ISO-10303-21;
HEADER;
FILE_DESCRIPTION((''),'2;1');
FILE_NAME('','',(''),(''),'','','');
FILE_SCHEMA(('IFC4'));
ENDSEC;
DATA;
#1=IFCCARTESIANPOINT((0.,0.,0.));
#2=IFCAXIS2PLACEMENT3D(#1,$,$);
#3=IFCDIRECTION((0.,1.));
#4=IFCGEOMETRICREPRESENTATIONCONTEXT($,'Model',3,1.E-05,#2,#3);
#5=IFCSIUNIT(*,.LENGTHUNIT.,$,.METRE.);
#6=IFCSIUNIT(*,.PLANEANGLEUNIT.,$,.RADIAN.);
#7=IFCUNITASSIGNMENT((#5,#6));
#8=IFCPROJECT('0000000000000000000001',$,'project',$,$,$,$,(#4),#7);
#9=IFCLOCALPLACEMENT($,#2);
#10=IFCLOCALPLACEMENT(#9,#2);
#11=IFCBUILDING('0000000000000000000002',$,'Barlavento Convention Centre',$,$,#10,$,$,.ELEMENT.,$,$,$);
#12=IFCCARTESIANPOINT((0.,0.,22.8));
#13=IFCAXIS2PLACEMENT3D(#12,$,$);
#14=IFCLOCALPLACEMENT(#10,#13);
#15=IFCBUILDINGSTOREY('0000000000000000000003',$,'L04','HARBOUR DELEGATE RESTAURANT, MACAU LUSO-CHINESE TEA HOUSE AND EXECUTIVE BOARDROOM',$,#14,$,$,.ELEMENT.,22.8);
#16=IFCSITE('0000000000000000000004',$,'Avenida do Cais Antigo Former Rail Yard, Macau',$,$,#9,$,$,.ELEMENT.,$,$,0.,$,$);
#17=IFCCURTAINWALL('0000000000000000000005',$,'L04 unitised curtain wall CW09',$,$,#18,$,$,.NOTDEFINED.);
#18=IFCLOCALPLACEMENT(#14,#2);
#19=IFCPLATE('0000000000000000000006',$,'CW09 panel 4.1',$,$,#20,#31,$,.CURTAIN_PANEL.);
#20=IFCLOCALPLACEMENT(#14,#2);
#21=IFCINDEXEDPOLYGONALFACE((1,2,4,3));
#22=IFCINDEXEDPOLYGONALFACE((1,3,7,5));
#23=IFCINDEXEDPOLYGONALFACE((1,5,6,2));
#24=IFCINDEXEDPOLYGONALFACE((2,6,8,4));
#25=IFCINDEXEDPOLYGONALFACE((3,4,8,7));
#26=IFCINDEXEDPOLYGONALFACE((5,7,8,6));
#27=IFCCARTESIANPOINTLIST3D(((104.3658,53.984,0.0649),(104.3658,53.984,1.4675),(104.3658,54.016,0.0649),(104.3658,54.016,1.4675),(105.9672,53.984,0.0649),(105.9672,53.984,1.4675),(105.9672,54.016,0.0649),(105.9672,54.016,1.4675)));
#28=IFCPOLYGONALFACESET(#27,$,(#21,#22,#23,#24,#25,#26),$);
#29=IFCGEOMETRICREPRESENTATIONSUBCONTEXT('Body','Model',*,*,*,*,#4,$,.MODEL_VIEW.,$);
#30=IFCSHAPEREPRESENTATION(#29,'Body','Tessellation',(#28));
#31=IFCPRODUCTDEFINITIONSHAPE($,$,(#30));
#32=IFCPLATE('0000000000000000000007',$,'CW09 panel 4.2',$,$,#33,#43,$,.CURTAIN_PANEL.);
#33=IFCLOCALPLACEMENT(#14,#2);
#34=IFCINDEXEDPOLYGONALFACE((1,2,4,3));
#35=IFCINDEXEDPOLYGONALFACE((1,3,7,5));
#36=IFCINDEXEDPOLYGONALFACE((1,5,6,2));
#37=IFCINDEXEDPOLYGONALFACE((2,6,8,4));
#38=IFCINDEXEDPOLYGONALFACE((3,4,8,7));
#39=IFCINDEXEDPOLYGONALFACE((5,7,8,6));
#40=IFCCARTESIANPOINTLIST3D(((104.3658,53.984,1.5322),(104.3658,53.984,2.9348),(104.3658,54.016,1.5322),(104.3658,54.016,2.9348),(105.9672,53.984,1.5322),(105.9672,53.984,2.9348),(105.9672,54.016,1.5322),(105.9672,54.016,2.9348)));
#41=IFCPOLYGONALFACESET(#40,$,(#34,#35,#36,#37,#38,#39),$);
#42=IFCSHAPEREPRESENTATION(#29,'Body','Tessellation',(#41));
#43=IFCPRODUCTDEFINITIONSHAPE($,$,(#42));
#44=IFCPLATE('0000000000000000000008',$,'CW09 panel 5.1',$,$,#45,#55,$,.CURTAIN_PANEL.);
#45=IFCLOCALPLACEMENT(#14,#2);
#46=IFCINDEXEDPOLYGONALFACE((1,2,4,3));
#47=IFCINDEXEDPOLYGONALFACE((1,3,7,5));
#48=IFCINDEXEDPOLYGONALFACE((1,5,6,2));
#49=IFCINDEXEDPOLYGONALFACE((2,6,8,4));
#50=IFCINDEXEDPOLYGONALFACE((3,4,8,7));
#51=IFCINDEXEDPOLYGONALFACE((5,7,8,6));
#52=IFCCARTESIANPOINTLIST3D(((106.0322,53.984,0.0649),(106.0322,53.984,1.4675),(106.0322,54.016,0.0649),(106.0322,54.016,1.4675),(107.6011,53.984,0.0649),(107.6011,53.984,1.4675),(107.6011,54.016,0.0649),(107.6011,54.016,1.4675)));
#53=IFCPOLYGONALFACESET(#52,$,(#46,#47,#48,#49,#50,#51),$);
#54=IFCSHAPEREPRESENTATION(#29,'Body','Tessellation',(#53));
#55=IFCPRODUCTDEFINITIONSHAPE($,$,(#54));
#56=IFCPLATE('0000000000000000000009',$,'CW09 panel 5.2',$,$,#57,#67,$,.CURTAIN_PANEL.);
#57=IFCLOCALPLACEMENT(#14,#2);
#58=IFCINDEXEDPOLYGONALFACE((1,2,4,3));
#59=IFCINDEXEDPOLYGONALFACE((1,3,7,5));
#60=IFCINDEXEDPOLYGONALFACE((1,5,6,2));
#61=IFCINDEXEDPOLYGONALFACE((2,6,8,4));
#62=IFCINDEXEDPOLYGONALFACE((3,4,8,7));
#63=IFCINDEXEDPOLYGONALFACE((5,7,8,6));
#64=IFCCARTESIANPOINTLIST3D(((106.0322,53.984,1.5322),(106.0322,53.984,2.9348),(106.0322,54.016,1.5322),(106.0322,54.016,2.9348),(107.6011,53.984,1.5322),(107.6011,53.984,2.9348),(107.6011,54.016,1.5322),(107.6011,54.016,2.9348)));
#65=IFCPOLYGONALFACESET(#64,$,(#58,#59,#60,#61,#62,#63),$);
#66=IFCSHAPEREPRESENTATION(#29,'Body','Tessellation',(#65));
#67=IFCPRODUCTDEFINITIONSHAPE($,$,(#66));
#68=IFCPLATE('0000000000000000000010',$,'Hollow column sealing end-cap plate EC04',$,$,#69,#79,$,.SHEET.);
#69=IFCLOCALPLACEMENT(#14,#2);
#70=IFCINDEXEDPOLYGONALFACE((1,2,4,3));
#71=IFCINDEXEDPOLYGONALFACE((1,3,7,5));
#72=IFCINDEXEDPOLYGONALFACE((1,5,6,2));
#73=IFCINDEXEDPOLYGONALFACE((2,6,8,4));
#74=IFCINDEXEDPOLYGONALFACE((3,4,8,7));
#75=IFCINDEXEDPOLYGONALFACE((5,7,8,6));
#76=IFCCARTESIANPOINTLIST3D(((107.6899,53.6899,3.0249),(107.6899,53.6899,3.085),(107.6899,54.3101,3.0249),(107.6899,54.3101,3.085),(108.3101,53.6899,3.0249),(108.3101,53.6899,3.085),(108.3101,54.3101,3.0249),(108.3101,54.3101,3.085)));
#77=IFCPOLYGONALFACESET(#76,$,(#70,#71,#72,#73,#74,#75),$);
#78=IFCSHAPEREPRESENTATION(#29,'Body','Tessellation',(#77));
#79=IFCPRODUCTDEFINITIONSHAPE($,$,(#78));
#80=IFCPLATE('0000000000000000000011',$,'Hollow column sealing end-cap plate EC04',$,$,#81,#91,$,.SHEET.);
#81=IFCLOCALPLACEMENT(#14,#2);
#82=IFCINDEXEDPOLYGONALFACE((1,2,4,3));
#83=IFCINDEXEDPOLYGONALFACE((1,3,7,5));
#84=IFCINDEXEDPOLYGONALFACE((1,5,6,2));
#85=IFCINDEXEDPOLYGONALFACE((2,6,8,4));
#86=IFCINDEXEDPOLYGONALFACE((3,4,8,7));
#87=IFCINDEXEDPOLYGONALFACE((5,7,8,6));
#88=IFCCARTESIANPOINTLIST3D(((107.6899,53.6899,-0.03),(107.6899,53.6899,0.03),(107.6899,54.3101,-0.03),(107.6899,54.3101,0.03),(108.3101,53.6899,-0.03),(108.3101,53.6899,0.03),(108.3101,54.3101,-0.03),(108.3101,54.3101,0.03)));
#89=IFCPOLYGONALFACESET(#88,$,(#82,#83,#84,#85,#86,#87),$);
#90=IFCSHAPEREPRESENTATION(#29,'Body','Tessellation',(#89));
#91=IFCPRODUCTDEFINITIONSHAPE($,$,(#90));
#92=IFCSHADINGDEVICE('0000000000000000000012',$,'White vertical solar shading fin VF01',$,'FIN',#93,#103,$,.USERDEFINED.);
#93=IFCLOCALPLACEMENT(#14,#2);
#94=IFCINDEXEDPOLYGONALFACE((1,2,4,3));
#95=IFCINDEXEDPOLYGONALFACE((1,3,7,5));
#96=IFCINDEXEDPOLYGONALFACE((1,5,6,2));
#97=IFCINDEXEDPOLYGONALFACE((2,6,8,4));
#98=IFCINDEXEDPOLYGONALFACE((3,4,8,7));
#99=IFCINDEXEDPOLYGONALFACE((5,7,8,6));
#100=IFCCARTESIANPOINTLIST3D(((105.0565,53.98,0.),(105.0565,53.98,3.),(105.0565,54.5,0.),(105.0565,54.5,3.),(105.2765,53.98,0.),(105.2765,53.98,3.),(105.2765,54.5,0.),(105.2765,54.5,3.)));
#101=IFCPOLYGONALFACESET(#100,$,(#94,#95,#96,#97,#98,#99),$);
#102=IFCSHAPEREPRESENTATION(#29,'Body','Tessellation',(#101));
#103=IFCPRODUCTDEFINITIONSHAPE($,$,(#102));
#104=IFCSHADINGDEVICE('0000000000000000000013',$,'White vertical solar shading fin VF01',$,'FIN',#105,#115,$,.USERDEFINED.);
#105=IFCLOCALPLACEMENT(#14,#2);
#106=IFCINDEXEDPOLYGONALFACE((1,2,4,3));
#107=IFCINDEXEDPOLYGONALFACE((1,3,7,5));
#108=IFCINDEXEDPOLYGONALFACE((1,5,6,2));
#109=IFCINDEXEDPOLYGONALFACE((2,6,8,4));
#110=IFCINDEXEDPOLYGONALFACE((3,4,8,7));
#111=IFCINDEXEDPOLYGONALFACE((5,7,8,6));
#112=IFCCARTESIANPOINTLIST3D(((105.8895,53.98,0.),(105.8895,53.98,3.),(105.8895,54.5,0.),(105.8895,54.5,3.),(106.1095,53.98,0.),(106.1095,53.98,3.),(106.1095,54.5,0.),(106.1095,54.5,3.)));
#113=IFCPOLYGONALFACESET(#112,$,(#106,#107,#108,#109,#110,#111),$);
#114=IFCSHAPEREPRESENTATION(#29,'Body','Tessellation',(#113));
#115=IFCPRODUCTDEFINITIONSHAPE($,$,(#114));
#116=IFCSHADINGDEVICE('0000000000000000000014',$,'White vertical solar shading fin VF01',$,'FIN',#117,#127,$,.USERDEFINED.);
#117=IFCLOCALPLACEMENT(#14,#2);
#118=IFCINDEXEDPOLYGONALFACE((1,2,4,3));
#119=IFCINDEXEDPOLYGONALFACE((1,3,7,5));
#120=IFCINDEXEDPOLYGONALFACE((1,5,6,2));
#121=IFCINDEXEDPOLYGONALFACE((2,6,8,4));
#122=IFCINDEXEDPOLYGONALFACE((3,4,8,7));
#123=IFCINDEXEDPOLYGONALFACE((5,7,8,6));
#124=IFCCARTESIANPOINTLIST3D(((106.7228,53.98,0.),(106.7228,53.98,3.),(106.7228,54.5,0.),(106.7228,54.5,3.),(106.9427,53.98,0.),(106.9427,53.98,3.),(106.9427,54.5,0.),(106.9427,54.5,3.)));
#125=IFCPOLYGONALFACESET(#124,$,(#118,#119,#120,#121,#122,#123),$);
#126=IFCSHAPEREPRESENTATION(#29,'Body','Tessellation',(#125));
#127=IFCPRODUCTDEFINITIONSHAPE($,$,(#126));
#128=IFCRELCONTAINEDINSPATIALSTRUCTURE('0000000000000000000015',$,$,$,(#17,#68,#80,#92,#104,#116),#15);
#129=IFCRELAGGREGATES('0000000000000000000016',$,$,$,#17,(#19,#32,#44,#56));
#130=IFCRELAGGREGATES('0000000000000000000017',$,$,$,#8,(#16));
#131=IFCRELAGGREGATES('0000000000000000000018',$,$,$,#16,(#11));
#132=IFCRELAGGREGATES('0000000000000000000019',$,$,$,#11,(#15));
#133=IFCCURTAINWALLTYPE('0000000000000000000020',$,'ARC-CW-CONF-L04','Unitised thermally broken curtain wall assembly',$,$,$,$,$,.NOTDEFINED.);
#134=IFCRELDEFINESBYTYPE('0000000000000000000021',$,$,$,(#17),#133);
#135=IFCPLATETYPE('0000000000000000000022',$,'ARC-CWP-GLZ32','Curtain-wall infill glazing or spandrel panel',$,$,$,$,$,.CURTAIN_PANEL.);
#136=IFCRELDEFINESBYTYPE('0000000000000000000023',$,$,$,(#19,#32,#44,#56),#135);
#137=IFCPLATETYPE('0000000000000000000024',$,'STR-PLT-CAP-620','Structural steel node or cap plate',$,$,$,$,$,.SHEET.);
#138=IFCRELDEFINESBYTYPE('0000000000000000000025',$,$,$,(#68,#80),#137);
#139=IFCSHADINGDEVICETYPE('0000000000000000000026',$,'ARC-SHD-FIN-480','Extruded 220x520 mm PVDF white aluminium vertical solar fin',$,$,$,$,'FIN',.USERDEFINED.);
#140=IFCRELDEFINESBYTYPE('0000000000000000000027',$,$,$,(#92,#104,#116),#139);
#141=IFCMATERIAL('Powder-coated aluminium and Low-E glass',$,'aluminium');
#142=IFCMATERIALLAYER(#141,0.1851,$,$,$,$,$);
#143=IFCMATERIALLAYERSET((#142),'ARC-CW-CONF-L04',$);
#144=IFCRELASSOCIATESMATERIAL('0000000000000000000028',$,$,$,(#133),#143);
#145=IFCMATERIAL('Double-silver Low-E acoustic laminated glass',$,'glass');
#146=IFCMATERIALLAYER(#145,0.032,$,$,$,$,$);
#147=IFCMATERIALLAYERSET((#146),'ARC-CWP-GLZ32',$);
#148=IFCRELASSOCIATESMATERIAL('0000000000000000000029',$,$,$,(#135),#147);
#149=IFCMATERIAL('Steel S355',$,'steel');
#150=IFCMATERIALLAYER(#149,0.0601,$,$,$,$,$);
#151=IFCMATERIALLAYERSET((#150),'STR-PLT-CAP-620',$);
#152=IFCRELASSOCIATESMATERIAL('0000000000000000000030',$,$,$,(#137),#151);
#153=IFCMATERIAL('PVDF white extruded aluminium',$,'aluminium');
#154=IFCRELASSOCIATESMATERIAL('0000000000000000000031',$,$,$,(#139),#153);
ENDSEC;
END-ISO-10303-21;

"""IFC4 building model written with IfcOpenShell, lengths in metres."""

from ifc_helpers import new_model, si_unit, direction, frame, origin, origin_2d, place, context, subcontext, project, spatial, rectangle, extrude, material, layer, layer_set, type_object, element, aggregate, save


model = new_model("IFC4")

# Units and contexts
model_context = context("Model", 3, precision=1e-05, world=origin(), true_north=direction((0.0, 1.0)))
body_context = subcontext(model_context, "Body", "Model", "MODEL_VIEW")
ifc_project = project(units=[si_unit("LENGTHUNIT", "METRE"), si_unit("PLANEANGLEUNIT", "RADIAN")], contexts=[model_context])

# Site, building, storey
site_placement = place(None, origin())
site = spatial("IfcSite", under=ifc_project, at=site_placement, Name="Avenida do Cais Antigo Former Rail Yard, Macau", CompositionType="ELEMENT", RefElevation=0.0)
building_placement = place(site_placement, origin())
building = spatial("IfcBuilding", under=site, at=building_placement, Name="Barlavento Convention Centre", CompositionType="ELEMENT")
storey_placement = place(building_placement, frame((0.0, 0.0, 22.8)))
storey = spatial("IfcBuildingStorey", under=building, at=storey_placement, Name="L04", Description="HARBOUR DELEGATE RESTAURANT, MACAU LUSO-CHINESE TEA HOUSE AND EXECUTIVE BOARDROOM", CompositionType="ELEMENT", Elevation=22.8)

# Shared definitions
ifc_material_1 = material(Name="Steel S355", Category="steel")

# Shared definitions
ifc_material_2 = material(Name="Powder-coated aluminium and Low-E glass", Category="aluminium")
ifc_layer_1 = layer(ifc_material_2, 0.1851)
ifc_layer_set_1 = layer_set([ifc_layer_1], Name="ARC-CW-CONF-L04")
curtain_wall_type = type_object("IfcCurtainWallType", Name="ARC-CW-CONF-L04", Description="Unitised thermally broken curtain wall assembly", PredefinedType="NOTDEFINED", material=ifc_layer_set_1)

# Curtain wall
curtain_wall_1_placement = place(storey_placement, origin())
curtain_wall_1 = element("IfcCurtainWall", 1, at=curtain_wall_1_placement, inside=storey, type_object=curtain_wall_type, Name="L04 unitised curtain wall CW09", PredefinedType="NOTDEFINED")

# Plates
ifc_material_3 = material(Name="Double-silver Low-E acoustic laminated glass", Category="glass")
ifc_layer_2 = layer(ifc_material_3, 0.032)
ifc_layer_set_2 = layer_set([ifc_layer_2], Name="ARC-CWP-GLZ32")
plate_type_1 = type_object("IfcPlateType", Name="ARC-CWP-GLZ32", Description="Curtain-wall infill glazing or spandrel panel", PredefinedType="CURTAIN_PANEL", material=ifc_layer_set_2)
plate_1_placement = place(storey_placement, frame((105.1665, 54.0, 0.0649), z_axis=(0.0, 0.0, 1.0), x_axis=(1.0, 0.0, 0.0)))
plate_1 = element("IfcPlate", 2, at=plate_1_placement, type_object=plate_type_1, Name="CW09 panel 4.1", PredefinedType="CURTAIN_PANEL", context=body_context, shape_type="SweptSolid", body=[
    extrude(rectangle(XDim=1.6013, YDim=0.032, at=origin_2d()), origin(), (0.0, 0.0, 1.0), 1.4026),
])
plate_2_placement = place(storey_placement, frame((105.1665, 54.0, 1.5322), z_axis=(0.0, 0.0, 1.0), x_axis=(1.0, 0.0, 0.0)))
plate_2 = element("IfcPlate", 3, at=plate_2_placement, type_object=plate_type_1, Name="CW09 panel 4.2", PredefinedType="CURTAIN_PANEL", context=body_context, shape_type="SweptSolid", body=[
    extrude(rectangle(XDim=1.6013, YDim=0.032, at=origin_2d()), origin(), (0.0, 0.0, 1.0), 1.4026),
])
plate_3_placement = place(storey_placement, frame((106.8167, 54.0, 0.0649), z_axis=(0.0, 0.0, 1.0), x_axis=(1.0, 0.0, 0.0)))
plate_3 = element("IfcPlate", 4, at=plate_3_placement, type_object=plate_type_1, Name="CW09 panel 5.1", PredefinedType="CURTAIN_PANEL", context=body_context, shape_type="SweptSolid", body=[
    extrude(rectangle(XDim=1.5688, YDim=0.032, at=origin_2d()), origin(), (0.0, 0.0, 1.0), 1.4026),
])
plate_4_placement = place(storey_placement, frame((106.8167, 54.0, 1.5322), z_axis=(0.0, 0.0, 1.0), x_axis=(1.0, 0.0, 0.0)))
plate_4 = element("IfcPlate", 5, at=plate_4_placement, type_object=plate_type_1, Name="CW09 panel 5.2", PredefinedType="CURTAIN_PANEL", context=body_context, shape_type="SweptSolid", body=[
    extrude(rectangle(XDim=1.5688, YDim=0.032, at=origin_2d()), origin(), (0.0, 0.0, 1.0), 1.4026),
])
aggregate(curtain_wall_1, [plate_1, plate_2, plate_3, plate_4])

# Plates
ifc_layer_3 = layer(ifc_material_1, 0.0601)
ifc_layer_set_3 = layer_set([ifc_layer_3], Name="STR-PLT-CAP-620")
plate_type_2 = type_object("IfcPlateType", Name="STR-PLT-CAP-620", Description="Structural steel node or cap plate", PredefinedType="SHEET", material=ifc_layer_set_3)
for number, where, z_axis, x_axis, name in (
    (6, (108.0, 54.0, 3.0249), (0.0, 0.0, 1.0), (1.0, 0.0, 0.0), "Hollow column sealing end-cap plate EC04"),
    (7, (108.0, 54.0, -0.03), (0.0, 0.0, 1.0), (1.0, 0.0, 0.0), "Hollow column sealing end-cap plate EC04"),
):
    element("IfcPlate", number, at=place(storey_placement, frame(where, z_axis=z_axis, x_axis=x_axis)), inside=storey, type_object=plate_type_2, Name=name, PredefinedType="SHEET", context=body_context, shape_type="SweptSolid", body=[
        extrude(rectangle(XDim=0.6201, YDim=0.6201, at=origin_2d()), origin(), (0.0, 0.0, 1.0), 0.0601),
    ])

# Shading devices
ifc_material_4 = material(Name="PVDF white extruded aluminium", Category="aluminium")
shading_device_type = type_object("IfcShadingDeviceType", Name="ARC-SHD-FIN-480", Description="Extruded 220x520 mm PVDF white aluminium vertical solar fin", ElementType="FIN", PredefinedType="USERDEFINED", material=ifc_material_4)
for number, where, z_axis, x_axis, name in (
    (8, (105.1665, 54.24, 0.0), (0.0, 0.0, 1.0), (1.0, 0.0, 0.0), "White vertical solar shading fin VF01"),
    (9, (105.9995, 54.24, 0.0), (0.0, 0.0, 1.0), (1.0, 0.0, 0.0), "White vertical solar shading fin VF01"),
    (10, (106.8328, 54.24, 0.0), (0.0, 0.0, 1.0), (1.0, 0.0, 0.0), "White vertical solar shading fin VF01"),
):
    element("IfcShadingDevice", number, at=place(storey_placement, frame(where, z_axis=z_axis, x_axis=x_axis)), inside=storey, type_object=shading_device_type, Name=name, ObjectType="FIN", PredefinedType="USERDEFINED", context=body_context, shape_type="SweptSolid", body=[
        extrude(rectangle(XDim=0.22, YDim=0.52, at=origin_2d()), origin(), (0.0, 0.0, 1.0), 3.0),
    ])

save(model, "model.ifc")
